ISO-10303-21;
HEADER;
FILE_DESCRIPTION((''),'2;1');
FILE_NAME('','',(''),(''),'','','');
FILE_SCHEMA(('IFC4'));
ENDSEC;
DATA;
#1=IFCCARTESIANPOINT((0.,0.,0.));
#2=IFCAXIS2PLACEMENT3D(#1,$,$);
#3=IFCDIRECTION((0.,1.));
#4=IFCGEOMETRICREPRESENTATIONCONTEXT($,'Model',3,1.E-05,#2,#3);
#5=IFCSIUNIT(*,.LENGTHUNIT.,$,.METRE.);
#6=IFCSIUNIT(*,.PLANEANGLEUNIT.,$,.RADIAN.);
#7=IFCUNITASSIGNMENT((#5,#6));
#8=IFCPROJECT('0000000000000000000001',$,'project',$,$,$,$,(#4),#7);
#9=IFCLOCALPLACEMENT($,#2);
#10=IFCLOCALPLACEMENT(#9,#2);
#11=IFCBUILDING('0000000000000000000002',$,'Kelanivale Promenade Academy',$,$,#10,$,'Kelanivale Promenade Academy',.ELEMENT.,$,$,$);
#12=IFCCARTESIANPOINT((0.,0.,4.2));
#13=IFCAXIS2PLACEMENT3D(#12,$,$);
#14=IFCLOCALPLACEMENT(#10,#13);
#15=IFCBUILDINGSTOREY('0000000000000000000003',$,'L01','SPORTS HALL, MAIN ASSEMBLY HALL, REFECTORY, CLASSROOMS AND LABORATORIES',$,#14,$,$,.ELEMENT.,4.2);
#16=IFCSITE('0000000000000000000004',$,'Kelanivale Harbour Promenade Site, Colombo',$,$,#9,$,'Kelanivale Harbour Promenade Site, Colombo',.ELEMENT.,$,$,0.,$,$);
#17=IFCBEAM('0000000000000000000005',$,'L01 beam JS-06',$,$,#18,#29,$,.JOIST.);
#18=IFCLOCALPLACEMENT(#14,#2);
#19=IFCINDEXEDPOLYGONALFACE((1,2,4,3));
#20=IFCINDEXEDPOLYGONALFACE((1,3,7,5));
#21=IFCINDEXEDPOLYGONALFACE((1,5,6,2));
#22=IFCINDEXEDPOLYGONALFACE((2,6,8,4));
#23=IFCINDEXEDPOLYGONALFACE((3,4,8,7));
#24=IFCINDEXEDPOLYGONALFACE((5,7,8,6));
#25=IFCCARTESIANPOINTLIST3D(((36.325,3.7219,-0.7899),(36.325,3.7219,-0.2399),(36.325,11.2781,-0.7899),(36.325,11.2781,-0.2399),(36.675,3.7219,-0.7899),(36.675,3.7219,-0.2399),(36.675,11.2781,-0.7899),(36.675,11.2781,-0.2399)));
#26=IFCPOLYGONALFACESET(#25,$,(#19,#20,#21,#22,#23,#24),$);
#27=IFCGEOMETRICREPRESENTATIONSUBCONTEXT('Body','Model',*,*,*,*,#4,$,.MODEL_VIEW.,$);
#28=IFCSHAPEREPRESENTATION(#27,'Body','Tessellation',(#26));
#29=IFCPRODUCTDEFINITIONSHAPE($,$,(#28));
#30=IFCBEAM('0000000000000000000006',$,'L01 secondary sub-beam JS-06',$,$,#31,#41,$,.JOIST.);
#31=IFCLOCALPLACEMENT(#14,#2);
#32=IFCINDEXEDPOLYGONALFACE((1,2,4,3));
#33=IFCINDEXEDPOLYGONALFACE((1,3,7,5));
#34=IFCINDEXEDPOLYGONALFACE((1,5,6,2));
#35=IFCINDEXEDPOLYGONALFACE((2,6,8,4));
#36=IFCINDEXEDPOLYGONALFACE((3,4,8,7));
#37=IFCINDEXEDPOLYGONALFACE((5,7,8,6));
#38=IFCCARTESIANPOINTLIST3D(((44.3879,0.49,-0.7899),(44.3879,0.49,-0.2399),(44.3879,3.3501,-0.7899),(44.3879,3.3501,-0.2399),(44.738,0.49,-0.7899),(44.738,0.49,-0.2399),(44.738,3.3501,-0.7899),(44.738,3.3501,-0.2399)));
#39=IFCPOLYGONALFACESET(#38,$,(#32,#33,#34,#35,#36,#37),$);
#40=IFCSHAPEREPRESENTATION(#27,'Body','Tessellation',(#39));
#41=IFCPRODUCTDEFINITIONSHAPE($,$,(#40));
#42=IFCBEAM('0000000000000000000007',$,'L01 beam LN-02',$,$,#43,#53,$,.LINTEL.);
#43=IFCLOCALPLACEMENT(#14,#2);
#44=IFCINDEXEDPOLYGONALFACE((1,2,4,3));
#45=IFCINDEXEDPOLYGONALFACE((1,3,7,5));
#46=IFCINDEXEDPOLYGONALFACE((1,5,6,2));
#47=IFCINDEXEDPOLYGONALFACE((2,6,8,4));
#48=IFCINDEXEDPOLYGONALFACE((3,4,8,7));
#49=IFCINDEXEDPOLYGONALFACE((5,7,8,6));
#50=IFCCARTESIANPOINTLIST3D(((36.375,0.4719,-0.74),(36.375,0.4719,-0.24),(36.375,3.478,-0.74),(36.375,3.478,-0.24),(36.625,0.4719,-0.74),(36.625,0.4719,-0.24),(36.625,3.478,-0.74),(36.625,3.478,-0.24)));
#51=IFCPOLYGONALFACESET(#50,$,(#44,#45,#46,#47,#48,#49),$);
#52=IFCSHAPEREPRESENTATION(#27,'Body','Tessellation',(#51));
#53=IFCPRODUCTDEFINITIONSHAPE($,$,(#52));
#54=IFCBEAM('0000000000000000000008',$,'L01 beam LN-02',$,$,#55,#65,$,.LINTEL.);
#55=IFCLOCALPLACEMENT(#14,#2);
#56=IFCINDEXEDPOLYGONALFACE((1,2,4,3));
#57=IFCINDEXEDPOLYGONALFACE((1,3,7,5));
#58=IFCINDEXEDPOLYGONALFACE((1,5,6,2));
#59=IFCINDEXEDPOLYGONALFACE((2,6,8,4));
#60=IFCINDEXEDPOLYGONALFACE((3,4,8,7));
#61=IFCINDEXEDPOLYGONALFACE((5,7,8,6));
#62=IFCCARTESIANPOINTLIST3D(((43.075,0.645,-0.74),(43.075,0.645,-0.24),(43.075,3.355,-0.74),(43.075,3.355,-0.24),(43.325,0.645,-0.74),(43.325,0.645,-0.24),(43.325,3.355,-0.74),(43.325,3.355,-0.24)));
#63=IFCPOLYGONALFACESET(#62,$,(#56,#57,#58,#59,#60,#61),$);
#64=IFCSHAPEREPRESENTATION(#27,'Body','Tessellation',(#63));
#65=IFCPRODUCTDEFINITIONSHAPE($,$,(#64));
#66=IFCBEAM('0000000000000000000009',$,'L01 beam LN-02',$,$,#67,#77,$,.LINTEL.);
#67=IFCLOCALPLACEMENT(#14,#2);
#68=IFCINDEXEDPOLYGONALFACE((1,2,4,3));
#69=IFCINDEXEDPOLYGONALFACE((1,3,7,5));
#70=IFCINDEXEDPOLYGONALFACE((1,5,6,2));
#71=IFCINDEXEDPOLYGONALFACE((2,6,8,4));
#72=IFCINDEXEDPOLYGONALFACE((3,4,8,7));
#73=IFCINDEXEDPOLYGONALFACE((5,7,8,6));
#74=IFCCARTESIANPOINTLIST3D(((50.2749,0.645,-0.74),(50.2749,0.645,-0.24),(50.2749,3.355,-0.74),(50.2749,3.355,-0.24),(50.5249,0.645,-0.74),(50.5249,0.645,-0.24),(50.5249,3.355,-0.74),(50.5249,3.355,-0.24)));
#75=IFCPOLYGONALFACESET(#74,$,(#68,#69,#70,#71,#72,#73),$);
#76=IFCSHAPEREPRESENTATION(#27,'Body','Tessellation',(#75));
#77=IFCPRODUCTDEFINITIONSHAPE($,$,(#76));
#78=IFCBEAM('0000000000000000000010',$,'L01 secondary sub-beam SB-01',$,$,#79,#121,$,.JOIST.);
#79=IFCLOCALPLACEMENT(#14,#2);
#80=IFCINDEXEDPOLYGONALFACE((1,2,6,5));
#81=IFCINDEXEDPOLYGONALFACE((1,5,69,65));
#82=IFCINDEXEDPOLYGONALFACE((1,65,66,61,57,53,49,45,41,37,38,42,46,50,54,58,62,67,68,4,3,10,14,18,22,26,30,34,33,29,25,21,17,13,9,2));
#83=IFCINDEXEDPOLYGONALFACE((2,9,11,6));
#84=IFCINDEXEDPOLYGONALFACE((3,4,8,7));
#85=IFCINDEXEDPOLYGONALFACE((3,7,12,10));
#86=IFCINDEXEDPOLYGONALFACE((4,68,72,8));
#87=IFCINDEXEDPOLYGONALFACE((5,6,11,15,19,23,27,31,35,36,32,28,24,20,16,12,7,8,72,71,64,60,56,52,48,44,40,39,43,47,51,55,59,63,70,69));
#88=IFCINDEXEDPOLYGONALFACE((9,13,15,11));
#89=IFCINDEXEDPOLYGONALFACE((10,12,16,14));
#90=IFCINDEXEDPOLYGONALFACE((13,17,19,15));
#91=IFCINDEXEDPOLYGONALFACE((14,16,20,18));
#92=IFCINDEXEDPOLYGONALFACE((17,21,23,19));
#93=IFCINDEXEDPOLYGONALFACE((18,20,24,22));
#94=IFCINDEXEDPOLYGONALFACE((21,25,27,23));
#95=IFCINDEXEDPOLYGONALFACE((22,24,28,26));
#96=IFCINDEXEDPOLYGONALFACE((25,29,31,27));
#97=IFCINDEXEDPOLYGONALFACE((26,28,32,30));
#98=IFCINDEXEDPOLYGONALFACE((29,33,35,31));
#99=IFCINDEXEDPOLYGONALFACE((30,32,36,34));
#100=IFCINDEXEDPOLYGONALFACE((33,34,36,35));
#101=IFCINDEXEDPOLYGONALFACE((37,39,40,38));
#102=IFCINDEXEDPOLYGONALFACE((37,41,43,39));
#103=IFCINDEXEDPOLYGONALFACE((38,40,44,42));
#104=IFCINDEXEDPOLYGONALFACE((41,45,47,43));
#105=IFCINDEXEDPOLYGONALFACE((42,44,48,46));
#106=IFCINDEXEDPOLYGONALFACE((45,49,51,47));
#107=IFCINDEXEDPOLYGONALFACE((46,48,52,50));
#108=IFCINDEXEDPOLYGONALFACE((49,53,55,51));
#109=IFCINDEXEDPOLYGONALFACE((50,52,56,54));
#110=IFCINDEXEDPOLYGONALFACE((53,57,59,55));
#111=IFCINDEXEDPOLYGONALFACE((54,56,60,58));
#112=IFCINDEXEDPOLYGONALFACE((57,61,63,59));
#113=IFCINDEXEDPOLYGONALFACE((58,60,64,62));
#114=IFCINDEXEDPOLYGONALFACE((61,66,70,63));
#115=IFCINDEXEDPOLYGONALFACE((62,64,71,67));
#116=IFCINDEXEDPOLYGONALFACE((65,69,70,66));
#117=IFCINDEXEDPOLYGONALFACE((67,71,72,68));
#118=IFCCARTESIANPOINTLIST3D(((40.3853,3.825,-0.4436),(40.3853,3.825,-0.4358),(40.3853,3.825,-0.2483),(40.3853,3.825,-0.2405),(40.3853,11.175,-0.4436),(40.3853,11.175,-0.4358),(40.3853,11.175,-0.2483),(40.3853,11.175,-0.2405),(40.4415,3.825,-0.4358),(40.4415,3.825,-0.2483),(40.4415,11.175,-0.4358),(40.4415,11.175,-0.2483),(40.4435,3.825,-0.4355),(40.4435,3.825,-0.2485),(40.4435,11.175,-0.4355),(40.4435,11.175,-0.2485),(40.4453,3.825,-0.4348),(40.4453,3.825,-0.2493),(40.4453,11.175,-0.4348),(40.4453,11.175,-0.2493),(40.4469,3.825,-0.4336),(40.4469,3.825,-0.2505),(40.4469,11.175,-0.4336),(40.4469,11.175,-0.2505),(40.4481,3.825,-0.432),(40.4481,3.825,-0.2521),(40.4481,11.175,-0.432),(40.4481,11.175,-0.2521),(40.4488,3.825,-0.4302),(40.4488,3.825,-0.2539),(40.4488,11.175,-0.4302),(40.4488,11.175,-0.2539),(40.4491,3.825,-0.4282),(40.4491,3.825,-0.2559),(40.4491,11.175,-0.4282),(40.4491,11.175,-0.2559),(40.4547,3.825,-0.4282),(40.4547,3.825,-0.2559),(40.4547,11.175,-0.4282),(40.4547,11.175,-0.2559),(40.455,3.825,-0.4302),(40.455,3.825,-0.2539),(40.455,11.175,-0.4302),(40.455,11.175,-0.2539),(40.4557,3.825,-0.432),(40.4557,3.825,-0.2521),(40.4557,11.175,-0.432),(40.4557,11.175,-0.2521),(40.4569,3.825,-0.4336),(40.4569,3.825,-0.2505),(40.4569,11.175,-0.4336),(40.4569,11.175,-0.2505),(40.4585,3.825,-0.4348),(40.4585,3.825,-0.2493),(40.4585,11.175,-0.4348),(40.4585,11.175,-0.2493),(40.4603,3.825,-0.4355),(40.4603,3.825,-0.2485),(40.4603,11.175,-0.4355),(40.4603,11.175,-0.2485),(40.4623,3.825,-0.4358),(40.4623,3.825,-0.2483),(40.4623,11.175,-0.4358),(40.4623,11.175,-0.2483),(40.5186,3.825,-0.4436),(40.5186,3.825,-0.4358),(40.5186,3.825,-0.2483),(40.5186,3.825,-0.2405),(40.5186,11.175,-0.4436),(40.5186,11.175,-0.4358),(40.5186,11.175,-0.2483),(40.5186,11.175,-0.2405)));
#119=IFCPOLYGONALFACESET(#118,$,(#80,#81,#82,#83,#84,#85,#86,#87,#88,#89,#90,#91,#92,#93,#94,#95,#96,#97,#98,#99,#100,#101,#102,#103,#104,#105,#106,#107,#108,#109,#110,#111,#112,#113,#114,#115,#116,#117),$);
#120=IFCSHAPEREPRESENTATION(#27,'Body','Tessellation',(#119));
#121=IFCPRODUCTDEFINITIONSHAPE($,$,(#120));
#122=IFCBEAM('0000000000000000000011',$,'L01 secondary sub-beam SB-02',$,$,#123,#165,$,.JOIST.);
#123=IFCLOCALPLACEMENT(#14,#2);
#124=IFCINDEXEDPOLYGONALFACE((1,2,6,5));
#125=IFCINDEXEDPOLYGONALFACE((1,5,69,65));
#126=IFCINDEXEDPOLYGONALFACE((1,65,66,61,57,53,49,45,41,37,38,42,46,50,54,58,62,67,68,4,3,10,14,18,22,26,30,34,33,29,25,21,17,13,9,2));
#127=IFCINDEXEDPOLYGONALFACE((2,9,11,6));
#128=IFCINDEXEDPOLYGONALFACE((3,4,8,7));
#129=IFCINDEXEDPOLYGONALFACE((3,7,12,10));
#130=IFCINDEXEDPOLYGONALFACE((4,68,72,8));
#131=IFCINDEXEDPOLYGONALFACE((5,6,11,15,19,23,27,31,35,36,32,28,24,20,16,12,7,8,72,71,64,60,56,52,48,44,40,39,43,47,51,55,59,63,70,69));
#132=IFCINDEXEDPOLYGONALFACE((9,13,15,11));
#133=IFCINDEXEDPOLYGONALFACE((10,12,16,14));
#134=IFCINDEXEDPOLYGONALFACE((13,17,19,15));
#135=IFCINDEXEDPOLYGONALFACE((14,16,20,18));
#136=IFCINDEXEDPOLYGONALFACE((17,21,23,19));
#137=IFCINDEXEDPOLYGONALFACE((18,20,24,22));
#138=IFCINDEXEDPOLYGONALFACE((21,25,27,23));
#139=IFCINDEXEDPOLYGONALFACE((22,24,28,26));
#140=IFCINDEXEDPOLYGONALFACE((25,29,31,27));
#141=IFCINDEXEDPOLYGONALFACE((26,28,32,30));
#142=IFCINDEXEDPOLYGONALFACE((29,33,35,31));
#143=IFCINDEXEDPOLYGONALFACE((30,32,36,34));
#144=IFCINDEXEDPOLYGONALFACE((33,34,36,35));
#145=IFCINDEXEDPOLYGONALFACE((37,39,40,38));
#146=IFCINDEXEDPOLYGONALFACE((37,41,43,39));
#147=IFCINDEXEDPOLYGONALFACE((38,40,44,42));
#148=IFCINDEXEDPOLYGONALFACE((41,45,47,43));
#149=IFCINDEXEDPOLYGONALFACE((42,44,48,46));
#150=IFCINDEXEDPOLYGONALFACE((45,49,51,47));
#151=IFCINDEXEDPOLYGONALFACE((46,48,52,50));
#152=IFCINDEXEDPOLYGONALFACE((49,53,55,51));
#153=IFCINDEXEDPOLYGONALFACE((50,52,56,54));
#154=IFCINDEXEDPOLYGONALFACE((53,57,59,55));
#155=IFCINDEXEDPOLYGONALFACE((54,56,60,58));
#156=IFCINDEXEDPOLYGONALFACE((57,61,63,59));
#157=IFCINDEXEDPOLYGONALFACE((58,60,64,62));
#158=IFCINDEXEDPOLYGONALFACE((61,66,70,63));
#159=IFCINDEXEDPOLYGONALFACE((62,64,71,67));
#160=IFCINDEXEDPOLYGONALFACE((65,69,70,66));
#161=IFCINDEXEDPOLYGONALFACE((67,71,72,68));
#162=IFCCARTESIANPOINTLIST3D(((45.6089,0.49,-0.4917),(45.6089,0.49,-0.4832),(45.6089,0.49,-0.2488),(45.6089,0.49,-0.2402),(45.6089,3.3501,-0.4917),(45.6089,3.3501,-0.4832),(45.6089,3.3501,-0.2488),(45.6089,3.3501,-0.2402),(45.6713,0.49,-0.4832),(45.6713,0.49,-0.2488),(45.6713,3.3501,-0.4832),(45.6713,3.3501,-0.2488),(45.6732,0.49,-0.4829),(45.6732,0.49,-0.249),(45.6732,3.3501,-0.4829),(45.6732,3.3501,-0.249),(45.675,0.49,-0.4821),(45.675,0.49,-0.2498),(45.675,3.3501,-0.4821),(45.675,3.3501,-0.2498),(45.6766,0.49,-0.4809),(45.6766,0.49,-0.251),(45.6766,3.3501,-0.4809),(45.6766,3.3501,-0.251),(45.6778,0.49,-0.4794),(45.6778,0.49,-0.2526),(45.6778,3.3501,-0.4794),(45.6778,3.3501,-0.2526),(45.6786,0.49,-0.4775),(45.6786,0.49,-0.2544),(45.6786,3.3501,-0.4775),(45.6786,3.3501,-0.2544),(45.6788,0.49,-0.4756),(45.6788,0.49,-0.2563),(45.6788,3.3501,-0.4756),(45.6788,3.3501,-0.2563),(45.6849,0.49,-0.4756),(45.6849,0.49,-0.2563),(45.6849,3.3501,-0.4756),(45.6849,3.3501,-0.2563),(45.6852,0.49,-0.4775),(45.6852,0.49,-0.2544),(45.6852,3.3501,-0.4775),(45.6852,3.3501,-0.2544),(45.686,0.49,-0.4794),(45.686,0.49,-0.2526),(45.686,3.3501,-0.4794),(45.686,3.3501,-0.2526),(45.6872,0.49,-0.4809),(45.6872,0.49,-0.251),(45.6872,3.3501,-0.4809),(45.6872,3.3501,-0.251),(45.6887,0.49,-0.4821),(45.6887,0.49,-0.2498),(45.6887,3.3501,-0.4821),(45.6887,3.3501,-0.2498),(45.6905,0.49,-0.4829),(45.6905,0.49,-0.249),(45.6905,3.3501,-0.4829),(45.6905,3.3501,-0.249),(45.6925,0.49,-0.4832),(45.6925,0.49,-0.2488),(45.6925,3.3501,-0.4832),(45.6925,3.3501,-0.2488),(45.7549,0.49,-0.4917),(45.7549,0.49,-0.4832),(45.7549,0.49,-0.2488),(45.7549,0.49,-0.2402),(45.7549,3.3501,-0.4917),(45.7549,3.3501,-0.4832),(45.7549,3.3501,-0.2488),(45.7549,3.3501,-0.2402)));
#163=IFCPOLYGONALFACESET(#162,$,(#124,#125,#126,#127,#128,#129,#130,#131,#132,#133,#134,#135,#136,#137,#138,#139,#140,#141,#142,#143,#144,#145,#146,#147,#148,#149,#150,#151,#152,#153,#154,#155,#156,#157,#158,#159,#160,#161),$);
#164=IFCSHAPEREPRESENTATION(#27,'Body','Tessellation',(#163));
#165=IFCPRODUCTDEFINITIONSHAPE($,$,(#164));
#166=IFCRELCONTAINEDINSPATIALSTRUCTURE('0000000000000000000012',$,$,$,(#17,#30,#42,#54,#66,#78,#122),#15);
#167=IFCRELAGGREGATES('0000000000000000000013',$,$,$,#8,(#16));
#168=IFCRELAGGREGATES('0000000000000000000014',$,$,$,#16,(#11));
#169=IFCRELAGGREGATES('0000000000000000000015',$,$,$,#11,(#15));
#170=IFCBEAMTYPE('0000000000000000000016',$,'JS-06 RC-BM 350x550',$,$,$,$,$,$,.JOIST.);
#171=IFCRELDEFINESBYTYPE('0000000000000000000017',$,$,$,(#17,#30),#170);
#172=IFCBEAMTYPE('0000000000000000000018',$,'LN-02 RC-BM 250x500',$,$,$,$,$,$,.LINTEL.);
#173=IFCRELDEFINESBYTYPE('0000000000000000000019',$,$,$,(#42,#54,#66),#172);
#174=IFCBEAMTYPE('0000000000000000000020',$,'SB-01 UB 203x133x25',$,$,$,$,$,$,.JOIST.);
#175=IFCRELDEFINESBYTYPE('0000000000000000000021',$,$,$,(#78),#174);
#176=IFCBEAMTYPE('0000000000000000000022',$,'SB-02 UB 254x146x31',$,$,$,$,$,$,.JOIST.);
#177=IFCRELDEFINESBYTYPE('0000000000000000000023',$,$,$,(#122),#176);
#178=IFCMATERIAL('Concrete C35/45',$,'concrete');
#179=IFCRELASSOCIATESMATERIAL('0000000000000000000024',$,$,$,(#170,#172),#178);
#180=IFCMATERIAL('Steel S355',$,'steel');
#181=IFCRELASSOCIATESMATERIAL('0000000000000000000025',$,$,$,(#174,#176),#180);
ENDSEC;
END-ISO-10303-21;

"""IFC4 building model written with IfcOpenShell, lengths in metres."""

from ifc_helpers import new_model, si_unit, direction, frame, origin, origin_2d, place, context, subcontext, project, spatial, rectangle, i_section, extrude, material, material_profile, profile_set, type_object, element, save


model = new_model("IFC4")

# Units and contexts
model_context = context("Model", 3, precision=1e-05, world=origin(), true_north=direction((0.0, 1.0)))
body_context = subcontext(model_context, "Body", "Model", "MODEL_VIEW")
ifc_project = project(units=[si_unit("LENGTHUNIT", "METRE"), si_unit("PLANEANGLEUNIT", "RADIAN")], contexts=[model_context])

# Site, building, storey
site_placement = place(None, origin())
site = spatial("IfcSite", under=ifc_project, at=site_placement, Name="Kelanivale Harbour Promenade Site, Colombo", LongName="Kelanivale Harbour Promenade Site, Colombo", CompositionType="ELEMENT", RefElevation=0.0)
building_placement = place(site_placement, origin())
building = spatial("IfcBuilding", under=site, at=building_placement, Name="Kelanivale Promenade Academy", LongName="Kelanivale Promenade Academy", CompositionType="ELEMENT")
storey_placement = place(building_placement, frame((0.0, 0.0, 4.2)))
storey = spatial("IfcBuildingStorey", under=building, at=storey_placement, Name="L01", Description="SPORTS HALL, MAIN ASSEMBLY HALL, REFECTORY, CLASSROOMS AND LABORATORIES", CompositionType="ELEMENT", Elevation=4.2)

# Beams
ifc_material_1 = material(Name="Concrete C35/45", Category="concrete")
ifc_material_profile_1 = material_profile(ifc_material_1, rectangle(XDim=0.3501, YDim=0.55, at=origin_2d()), Name="RC-BM 350x550")
ifc_profile_set_1 = profile_set([ifc_material_profile_1], Name="Concrete C35/45")
beam_type_1 = type_object("IfcBeamType", Name="JS-06 RC-BM 350x550", PredefinedType="JOIST", material=ifc_profile_set_1)
beam_1_placement = place(storey_placement, frame((36.5, 3.7219, -0.5149), z_axis=(0.0, 1.0, 0.0), x_axis=(-1.0, 0.0, 0.0)))
element("IfcBeam", 1, at=beam_1_placement, inside=storey, type_object=beam_type_1, Name="L01 beam JS-06", PredefinedType="JOIST", context=body_context, shape_type="SweptSolid", body=[
    extrude(rectangle(XDim=0.3501, YDim=0.55, at=origin_2d()), origin(), (0.0, 0.0, 1.0), 7.5562),
])
beam_2_placement = place(storey_placement, frame((44.563, 0.49, -0.5149), z_axis=(0.0, 1.0, 0.0), x_axis=(-1.0, 0.0, 0.0)))
element("IfcBeam", 2, at=beam_2_placement, inside=storey, type_object=beam_type_1, Name="L01 secondary sub-beam JS-06", PredefinedType="JOIST", context=body_context, shape_type="SweptSolid", body=[
    extrude(rectangle(XDim=0.3501, YDim=0.55, at=origin_2d()), origin(), (0.0, 0.0, 1.0), 2.8601),
])
ifc_material_profile_2 = material_profile(ifc_material_1, rectangle(XDim=0.25, YDim=0.5, at=origin_2d()), Name="RC-BM 250x500")
ifc_profile_set_2 = profile_set([ifc_material_profile_2], Name="Concrete C35/45")
beam_type_2 = type_object("IfcBeamType", Name="LN-02 RC-BM 250x500", PredefinedType="LINTEL", material=ifc_profile_set_2)
beam_3_placement = place(storey_placement, frame((36.5, 0.4719, -0.49), z_axis=(0.0, 1.0, 0.0), x_axis=(-1.0, 0.0, 0.0)))
element("IfcBeam", 3, at=beam_3_placement, inside=storey, type_object=beam_type_2, Name="L01 beam LN-02", PredefinedType="LINTEL", context=body_context, shape_type="SweptSolid", body=[
    extrude(rectangle(XDim=0.25, YDim=0.5, at=origin_2d()), origin(), (0.0, 0.0, 1.0), 3.0061),
])
for number, where, z_axis, x_axis, name in (
    (4, (43.2, 0.645, -0.49), (0.0, 1.0, 0.0), (-1.0, 0.0, 0.0), "L01 beam LN-02"),
    (5, (50.3999, 0.645, -0.49), (0.0, 1.0, 0.0), (-1.0, 0.0, 0.0), "L01 beam LN-02"),
):
    element("IfcBeam", number, at=place(storey_placement, frame(where, z_axis=z_axis, x_axis=x_axis)), inside=storey, type_object=beam_type_2, Name=name, PredefinedType="LINTEL", context=body_context, shape_type="SweptSolid", body=[
        extrude(rectangle(XDim=0.25, YDim=0.5, at=origin_2d()), origin(), (0.0, 0.0, 1.0), 2.71),
    ])
ifc_material_2 = material(Name="Steel S355", Category="steel")
ifc_material_profile_3 = material_profile(ifc_material_2, i_section(OverallWidth=0.1333, OverallDepth=0.2031, WebThickness=0.0056, FlangeThickness=0.0078, FilletRadius=0.0076, at=origin_2d()), Name="UB 203x133x25")
ifc_profile_set_3 = profile_set([ifc_material_profile_3], Name="Steel S355")
beam_type_3 = type_object("IfcBeamType", Name="SB-01 UB 203x133x25", PredefinedType="JOIST", material=ifc_profile_set_3)
beam_4_placement = place(storey_placement, frame((40.4519, 3.825, -0.342), z_axis=(0.0, 1.0, 0.0), x_axis=(-1.0, 0.0, 0.0)))
element("IfcBeam", 6, at=beam_4_placement, inside=storey, type_object=beam_type_3, Name="L01 secondary sub-beam SB-01", PredefinedType="JOIST", context=body_context, shape_type="SweptSolid", body=[
    extrude(i_section(OverallWidth=0.1333, OverallDepth=0.2031, WebThickness=0.0056, FlangeThickness=0.0078, FilletRadius=0.0076, at=origin_2d()), origin(), (0.0, 0.0, 1.0), 7.3501),
])
ifc_material_profile_4 = material_profile(ifc_material_2, i_section(OverallWidth=0.146, OverallDepth=0.2515, WebThickness=0.0061, FlangeThickness=0.0085, FilletRadius=0.0076, at=origin_2d()), Name="UB 254x146x31")
ifc_profile_set_4 = profile_set([ifc_material_profile_4], Name="Steel S355")
beam_type_4 = type_object("IfcBeamType", Name="SB-02 UB 254x146x31", PredefinedType="JOIST", material=ifc_profile_set_4)
beam_5_placement = place(storey_placement, frame((45.6819, 0.49, -0.366), z_axis=(0.0, 1.0, 0.0), x_axis=(-1.0, 0.0, 0.0)))
element("IfcBeam", 7, at=beam_5_placement, inside=storey, type_object=beam_type_4, Name="L01 secondary sub-beam SB-02", PredefinedType="JOIST", context=body_context, shape_type="SweptSolid", body=[
    extrude(i_section(OverallWidth=0.146, OverallDepth=0.2515, WebThickness=0.0061, FlangeThickness=0.0085, FilletRadius=0.0076, at=origin_2d()), origin(), (0.0, 0.0, 1.0), 2.8601),
])

save(model, "model.ifc")
